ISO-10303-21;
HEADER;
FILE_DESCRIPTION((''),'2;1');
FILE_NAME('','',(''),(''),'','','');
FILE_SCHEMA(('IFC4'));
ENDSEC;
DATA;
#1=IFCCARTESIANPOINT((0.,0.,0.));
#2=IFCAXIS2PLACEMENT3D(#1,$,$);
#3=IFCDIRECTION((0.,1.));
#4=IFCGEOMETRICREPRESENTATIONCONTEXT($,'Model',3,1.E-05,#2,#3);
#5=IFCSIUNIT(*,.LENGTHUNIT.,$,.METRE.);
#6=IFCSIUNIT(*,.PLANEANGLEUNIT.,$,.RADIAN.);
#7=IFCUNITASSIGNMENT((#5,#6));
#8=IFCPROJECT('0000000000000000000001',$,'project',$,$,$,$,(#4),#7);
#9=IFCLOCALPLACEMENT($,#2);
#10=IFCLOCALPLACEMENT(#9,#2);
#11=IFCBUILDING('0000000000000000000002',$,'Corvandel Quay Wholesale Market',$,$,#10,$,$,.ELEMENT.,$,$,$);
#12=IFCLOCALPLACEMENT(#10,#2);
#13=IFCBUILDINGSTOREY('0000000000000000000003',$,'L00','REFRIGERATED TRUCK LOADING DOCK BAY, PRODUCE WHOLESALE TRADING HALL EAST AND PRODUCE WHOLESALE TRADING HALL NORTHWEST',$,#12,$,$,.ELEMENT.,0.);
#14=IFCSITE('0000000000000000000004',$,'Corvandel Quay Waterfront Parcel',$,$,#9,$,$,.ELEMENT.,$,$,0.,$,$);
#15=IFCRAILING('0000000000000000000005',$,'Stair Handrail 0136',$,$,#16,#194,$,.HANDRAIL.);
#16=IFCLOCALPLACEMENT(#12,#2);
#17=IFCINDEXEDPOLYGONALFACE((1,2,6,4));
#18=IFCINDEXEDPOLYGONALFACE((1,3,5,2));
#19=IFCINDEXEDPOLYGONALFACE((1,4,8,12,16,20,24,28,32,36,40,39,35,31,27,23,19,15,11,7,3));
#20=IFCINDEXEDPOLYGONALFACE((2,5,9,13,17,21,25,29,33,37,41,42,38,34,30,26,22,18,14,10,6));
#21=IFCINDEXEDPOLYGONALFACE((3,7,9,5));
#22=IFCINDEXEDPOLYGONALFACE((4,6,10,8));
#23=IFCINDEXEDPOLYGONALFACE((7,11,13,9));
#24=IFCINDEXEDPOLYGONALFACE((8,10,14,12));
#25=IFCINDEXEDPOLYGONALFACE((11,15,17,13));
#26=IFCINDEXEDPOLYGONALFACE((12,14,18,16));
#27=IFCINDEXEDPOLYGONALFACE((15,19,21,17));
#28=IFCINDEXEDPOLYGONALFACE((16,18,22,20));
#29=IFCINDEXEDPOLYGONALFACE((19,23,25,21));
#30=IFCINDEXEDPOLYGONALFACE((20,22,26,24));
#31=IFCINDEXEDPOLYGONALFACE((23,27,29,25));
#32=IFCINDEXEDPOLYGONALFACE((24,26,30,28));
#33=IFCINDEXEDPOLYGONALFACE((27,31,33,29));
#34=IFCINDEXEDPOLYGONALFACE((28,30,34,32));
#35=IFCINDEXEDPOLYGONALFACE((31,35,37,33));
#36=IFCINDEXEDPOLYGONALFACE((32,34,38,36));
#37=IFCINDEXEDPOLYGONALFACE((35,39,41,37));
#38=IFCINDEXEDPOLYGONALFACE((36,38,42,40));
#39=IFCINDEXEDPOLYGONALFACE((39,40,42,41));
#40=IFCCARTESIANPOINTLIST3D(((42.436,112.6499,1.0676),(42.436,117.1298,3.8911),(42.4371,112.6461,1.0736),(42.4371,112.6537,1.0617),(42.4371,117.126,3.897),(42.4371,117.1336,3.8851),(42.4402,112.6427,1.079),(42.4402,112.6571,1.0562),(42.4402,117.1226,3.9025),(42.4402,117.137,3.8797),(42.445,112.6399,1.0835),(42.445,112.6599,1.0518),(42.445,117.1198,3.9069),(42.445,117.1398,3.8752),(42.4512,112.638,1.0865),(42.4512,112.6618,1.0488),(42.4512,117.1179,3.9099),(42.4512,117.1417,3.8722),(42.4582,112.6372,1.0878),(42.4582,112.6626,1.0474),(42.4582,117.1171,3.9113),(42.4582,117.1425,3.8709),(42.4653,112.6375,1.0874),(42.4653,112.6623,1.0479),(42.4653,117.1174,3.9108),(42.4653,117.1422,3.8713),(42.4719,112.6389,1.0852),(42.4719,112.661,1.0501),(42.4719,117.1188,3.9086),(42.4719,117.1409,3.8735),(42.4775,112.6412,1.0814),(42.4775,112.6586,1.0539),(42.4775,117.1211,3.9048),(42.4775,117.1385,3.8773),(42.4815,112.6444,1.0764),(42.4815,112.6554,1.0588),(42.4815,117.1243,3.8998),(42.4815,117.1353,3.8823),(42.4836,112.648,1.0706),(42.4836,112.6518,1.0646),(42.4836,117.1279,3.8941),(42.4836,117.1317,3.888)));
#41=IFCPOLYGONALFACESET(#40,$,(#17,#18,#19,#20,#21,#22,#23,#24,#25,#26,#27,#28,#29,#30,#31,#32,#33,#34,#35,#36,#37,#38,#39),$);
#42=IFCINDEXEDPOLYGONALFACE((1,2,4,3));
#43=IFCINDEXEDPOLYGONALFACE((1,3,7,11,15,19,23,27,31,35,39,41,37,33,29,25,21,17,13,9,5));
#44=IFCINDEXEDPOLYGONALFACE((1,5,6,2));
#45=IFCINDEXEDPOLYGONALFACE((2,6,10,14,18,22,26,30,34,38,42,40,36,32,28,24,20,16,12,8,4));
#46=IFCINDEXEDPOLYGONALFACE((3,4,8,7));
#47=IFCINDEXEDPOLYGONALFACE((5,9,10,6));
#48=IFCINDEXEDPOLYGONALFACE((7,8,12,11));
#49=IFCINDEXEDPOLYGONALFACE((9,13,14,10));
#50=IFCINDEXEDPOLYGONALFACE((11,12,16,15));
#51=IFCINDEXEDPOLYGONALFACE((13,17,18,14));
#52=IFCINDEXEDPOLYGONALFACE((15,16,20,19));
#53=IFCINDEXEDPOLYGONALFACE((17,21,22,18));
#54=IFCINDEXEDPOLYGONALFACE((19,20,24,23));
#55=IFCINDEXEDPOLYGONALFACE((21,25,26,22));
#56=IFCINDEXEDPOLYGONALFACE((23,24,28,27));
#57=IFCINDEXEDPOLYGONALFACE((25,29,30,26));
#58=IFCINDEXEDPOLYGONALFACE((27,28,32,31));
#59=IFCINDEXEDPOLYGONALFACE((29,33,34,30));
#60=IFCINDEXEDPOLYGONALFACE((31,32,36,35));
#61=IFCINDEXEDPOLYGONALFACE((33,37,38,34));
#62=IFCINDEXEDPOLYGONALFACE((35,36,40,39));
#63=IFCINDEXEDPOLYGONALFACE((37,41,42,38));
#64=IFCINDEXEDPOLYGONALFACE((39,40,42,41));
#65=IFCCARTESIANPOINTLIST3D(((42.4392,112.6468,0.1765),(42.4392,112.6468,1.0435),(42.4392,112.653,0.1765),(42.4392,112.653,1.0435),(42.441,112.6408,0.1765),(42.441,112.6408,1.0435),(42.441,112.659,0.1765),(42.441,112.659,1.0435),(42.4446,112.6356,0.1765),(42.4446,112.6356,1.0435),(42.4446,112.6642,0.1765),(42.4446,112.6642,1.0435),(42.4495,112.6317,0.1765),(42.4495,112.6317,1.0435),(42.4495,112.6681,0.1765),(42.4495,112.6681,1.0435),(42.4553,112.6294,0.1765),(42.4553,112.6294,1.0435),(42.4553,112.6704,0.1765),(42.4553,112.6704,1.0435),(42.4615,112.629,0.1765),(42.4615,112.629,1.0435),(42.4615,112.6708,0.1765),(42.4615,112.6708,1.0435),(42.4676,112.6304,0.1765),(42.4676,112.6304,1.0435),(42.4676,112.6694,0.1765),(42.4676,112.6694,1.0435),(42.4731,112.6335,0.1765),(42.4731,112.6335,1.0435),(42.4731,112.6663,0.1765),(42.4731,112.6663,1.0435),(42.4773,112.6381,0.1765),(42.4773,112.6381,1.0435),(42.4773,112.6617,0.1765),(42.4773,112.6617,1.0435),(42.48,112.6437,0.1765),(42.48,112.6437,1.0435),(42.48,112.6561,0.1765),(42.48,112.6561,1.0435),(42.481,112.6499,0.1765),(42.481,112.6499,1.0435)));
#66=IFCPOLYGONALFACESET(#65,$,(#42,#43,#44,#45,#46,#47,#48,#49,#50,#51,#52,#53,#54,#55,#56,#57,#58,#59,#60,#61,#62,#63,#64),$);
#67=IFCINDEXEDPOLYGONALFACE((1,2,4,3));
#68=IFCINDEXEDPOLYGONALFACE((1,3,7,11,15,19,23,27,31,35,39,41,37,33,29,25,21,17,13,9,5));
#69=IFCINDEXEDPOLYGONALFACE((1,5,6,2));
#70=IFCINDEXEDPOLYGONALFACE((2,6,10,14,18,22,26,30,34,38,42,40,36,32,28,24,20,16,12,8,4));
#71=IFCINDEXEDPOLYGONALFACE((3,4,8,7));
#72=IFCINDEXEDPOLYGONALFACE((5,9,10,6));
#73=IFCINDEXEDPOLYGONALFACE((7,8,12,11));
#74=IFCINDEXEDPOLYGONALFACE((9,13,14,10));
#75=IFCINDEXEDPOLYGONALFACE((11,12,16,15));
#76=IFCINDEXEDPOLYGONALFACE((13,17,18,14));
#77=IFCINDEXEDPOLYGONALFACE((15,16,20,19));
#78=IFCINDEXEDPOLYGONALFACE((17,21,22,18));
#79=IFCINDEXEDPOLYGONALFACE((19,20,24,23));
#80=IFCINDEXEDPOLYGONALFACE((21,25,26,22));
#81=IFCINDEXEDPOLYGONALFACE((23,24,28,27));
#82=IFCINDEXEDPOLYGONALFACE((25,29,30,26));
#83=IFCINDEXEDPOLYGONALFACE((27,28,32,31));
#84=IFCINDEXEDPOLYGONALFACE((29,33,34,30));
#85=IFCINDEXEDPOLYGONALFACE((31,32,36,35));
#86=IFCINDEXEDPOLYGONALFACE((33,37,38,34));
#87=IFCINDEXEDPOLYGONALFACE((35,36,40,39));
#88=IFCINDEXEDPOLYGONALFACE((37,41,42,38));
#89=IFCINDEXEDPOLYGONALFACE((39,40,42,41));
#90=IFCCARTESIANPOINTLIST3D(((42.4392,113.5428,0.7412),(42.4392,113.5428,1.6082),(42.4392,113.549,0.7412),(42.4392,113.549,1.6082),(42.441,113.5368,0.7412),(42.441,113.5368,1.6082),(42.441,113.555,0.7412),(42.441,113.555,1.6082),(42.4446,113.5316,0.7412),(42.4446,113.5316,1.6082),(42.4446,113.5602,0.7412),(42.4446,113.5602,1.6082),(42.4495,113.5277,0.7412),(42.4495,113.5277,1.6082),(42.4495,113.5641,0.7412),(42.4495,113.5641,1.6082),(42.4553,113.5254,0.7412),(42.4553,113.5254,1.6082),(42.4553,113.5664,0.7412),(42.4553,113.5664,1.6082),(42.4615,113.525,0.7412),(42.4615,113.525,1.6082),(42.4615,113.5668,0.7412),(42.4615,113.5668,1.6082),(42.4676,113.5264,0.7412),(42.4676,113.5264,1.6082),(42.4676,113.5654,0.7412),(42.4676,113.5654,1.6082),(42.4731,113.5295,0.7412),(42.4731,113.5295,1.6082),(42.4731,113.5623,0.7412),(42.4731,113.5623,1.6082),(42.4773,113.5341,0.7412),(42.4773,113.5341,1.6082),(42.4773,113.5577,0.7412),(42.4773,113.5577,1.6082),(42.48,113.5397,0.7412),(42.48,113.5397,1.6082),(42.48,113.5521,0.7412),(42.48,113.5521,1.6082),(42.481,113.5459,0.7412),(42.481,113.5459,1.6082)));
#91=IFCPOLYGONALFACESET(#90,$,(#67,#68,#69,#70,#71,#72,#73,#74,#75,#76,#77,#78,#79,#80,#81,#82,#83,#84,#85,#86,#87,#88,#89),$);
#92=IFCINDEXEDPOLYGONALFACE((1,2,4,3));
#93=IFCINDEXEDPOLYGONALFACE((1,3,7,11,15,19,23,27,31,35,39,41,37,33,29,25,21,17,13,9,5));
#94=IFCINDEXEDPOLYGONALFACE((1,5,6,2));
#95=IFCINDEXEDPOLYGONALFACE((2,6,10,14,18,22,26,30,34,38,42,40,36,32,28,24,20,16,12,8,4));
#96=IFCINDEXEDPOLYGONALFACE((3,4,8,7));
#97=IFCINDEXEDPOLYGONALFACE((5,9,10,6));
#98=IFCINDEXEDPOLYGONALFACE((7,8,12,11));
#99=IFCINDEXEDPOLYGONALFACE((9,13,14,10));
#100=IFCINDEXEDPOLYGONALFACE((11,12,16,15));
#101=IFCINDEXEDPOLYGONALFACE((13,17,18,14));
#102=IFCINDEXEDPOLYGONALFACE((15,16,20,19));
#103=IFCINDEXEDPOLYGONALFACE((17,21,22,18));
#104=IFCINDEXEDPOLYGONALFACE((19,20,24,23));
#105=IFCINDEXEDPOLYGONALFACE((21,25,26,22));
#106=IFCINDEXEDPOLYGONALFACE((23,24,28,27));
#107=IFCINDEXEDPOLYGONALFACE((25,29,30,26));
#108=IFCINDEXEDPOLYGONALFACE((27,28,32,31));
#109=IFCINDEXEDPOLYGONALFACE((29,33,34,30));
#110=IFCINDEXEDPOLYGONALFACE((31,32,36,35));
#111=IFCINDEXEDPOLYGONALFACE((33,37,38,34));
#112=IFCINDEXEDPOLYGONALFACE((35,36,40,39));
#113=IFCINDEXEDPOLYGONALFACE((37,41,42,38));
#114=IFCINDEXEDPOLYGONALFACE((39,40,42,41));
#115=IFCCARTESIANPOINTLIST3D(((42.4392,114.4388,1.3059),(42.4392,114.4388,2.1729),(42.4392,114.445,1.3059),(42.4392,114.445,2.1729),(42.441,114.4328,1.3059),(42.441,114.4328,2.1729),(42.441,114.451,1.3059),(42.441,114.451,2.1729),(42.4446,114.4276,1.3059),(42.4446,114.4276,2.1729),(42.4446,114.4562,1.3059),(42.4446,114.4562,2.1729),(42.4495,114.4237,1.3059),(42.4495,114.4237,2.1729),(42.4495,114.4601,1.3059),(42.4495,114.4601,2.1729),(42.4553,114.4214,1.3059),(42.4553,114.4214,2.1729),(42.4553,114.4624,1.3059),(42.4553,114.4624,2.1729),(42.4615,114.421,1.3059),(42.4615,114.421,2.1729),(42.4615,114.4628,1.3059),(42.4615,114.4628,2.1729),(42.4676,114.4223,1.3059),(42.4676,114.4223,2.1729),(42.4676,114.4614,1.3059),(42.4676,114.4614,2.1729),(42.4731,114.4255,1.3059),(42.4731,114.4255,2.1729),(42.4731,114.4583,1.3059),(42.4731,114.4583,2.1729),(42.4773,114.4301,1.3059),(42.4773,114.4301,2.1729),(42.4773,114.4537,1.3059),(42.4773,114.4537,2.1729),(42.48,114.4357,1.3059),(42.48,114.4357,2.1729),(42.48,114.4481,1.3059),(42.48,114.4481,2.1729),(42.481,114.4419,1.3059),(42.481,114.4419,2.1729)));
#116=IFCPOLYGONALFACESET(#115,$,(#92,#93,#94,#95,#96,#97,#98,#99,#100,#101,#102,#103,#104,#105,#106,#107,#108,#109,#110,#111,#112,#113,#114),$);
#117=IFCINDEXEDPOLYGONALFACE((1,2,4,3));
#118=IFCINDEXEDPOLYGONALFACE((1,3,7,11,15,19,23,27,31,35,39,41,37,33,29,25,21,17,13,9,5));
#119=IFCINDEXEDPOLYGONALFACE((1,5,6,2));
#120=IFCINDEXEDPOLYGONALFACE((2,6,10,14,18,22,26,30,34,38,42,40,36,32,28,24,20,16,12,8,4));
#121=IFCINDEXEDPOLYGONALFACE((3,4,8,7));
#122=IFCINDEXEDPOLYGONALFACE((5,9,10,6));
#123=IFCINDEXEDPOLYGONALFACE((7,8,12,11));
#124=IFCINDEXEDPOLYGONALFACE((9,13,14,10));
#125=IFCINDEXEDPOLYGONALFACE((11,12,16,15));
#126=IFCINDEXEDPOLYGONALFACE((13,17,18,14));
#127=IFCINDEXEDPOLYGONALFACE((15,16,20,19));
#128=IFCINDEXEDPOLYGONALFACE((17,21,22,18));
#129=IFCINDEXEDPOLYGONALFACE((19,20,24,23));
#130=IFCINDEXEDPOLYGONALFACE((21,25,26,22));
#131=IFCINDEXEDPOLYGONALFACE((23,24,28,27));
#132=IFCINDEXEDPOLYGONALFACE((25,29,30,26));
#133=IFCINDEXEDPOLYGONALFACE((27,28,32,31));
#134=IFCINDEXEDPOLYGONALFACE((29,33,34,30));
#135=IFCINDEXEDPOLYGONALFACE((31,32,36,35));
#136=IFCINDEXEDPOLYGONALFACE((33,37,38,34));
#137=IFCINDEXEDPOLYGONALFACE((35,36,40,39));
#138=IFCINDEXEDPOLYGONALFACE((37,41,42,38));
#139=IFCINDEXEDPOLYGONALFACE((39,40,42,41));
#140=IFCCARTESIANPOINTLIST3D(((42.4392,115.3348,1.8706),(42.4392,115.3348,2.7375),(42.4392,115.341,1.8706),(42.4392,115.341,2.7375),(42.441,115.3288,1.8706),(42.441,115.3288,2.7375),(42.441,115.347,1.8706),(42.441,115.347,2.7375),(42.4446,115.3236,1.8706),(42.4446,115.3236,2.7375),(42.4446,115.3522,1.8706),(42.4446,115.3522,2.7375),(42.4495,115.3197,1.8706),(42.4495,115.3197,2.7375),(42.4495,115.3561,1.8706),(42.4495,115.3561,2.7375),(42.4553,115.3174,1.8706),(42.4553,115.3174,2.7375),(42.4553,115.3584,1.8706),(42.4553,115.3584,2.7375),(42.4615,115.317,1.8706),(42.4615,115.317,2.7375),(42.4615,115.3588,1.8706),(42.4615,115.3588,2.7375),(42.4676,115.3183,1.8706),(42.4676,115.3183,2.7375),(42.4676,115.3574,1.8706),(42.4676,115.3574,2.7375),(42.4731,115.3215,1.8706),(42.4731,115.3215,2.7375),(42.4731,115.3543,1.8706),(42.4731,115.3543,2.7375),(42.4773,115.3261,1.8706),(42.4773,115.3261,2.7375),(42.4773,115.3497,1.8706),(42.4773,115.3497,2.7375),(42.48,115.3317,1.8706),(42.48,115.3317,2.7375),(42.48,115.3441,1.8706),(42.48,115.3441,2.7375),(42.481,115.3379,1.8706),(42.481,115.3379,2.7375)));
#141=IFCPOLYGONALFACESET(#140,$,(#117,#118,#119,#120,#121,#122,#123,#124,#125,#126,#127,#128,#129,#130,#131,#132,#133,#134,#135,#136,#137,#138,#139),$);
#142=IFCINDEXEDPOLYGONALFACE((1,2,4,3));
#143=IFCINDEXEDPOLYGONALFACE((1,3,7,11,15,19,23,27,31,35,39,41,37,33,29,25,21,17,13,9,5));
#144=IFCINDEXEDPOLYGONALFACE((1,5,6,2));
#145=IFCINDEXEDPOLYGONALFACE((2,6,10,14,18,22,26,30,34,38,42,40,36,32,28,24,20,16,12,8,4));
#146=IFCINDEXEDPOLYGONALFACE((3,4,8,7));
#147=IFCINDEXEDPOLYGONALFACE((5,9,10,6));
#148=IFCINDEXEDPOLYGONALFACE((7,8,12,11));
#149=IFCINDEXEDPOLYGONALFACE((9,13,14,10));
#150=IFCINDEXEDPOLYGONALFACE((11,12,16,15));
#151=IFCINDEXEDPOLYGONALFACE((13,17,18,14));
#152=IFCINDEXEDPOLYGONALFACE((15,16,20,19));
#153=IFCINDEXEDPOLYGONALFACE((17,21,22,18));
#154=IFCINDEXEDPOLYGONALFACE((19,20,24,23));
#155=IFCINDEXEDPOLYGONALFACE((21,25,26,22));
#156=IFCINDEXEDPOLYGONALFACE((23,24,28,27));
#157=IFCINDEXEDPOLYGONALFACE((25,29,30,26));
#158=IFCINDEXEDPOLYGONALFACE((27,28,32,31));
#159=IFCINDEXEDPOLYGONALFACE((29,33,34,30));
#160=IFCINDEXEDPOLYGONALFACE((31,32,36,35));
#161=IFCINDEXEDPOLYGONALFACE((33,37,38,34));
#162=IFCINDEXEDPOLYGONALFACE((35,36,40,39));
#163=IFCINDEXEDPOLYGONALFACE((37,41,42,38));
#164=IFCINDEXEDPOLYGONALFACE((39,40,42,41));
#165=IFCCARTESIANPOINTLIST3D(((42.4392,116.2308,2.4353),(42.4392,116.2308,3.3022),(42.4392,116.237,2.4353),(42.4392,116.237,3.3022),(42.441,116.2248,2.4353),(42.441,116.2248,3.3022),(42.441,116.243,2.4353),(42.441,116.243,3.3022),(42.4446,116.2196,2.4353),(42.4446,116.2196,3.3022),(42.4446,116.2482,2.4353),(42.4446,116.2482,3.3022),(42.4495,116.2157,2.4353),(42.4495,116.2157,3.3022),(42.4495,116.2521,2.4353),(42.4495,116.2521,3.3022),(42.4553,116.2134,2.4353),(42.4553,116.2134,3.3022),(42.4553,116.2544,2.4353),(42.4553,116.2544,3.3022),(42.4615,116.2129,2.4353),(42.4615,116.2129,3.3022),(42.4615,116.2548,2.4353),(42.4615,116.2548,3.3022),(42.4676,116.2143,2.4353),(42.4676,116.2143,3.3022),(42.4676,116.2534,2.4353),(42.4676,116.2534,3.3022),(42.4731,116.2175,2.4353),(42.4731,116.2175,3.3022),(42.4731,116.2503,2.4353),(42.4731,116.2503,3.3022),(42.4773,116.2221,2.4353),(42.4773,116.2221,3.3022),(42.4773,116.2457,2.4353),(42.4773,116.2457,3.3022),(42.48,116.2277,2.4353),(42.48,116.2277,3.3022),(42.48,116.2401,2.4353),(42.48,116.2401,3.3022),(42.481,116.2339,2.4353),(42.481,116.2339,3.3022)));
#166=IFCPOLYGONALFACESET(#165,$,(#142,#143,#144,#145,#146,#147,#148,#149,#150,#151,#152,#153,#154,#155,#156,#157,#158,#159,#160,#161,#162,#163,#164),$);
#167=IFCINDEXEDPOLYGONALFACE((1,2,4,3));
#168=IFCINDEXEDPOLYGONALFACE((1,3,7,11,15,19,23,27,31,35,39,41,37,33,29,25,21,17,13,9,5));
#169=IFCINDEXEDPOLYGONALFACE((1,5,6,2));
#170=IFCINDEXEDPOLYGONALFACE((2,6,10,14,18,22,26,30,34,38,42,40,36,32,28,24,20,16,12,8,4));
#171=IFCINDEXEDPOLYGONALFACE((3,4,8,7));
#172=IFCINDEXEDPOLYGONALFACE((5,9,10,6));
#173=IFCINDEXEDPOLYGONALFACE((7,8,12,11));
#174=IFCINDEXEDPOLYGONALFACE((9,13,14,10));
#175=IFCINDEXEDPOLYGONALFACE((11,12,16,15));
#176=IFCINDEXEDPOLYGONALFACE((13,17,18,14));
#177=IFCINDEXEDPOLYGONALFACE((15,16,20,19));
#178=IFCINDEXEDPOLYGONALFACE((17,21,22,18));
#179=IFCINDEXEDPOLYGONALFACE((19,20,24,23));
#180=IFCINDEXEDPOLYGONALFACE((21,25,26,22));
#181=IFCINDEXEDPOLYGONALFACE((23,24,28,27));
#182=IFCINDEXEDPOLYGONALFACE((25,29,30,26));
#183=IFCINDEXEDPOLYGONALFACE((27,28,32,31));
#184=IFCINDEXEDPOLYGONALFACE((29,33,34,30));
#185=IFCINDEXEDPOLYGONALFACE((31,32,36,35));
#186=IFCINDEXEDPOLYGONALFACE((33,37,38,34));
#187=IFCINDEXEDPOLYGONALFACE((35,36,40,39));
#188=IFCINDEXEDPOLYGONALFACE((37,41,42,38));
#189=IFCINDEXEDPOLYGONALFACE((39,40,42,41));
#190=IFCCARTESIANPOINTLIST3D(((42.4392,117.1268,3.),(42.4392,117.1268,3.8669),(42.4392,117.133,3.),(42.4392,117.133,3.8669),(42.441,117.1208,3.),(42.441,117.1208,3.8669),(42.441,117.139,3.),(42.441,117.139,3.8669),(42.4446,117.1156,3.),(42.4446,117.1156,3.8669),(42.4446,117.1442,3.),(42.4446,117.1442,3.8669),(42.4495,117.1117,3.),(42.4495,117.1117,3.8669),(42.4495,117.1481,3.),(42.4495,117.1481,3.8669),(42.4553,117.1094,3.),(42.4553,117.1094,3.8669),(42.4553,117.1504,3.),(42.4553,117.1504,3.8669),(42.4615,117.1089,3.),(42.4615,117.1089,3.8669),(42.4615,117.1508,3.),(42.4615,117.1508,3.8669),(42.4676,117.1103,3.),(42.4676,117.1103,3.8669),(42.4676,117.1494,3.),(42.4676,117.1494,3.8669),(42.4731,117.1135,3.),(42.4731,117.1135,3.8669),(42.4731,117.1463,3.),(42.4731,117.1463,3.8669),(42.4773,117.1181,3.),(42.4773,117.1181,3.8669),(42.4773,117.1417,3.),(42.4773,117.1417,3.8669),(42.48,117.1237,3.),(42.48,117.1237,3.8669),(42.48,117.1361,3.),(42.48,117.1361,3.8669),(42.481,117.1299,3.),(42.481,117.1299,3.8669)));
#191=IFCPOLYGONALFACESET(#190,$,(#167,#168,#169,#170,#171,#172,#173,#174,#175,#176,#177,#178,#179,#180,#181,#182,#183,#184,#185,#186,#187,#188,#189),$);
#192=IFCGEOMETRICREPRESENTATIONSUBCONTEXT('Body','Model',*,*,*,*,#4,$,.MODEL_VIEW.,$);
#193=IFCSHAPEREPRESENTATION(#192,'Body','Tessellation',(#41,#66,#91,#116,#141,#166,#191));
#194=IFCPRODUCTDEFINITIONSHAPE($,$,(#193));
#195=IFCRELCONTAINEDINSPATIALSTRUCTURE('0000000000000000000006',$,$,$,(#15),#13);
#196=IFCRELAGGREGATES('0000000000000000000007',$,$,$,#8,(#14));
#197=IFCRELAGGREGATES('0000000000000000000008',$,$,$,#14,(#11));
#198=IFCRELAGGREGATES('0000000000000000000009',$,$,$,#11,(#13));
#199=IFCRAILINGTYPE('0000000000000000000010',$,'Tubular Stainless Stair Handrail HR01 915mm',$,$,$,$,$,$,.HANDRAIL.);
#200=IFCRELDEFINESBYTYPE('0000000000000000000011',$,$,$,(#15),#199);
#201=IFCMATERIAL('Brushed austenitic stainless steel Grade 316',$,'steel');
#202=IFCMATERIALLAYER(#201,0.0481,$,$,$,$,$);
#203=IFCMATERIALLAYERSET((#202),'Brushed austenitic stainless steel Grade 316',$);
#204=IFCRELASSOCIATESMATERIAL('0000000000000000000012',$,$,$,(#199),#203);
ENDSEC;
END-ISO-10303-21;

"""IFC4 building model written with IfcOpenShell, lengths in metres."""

from ifc_helpers import new_model, si_unit, direction, frame, origin, origin_2d, place, context, subcontext, project, spatial, circle, extrude, material, layer, layer_set, type_object, element, save


model = new_model("IFC4")

# Units and contexts
model_context = context("Model", 3, precision=1e-05, world=origin(), true_north=direction((0.0, 1.0)))
body_context = subcontext(model_context, "Body", "Model", "MODEL_VIEW")
ifc_project = project(units=[si_unit("LENGTHUNIT", "METRE"), si_unit("PLANEANGLEUNIT", "RADIAN")], contexts=[model_context])

# Site, building, storey
site_placement = place(None, origin())
site = spatial("IfcSite", under=ifc_project, at=site_placement, Name="Corvandel Quay Waterfront Parcel", CompositionType="ELEMENT", RefElevation=0.0)
building_placement = place(site_placement, origin())
building = spatial("IfcBuilding", under=site, at=building_placement, Name="Corvandel Quay Wholesale Market", CompositionType="ELEMENT")
storey_placement = place(building_placement, origin())
storey = spatial("IfcBuildingStorey", under=building, at=storey_placement, Name="L00", Description="REFRIGERATED TRUCK LOADING DOCK BAY, PRODUCE WHOLESALE TRADING HALL EAST AND PRODUCE WHOLESALE TRADING HALL NORTHWEST", CompositionType="ELEMENT", Elevation=0.0)

# Railing
ifc_material_1 = material(Name="Brushed austenitic stainless steel Grade 316", Category="steel")
ifc_layer_1 = layer(ifc_material_1, 0.0481)
ifc_layer_set_1 = layer_set([ifc_layer_1], Name="Brushed austenitic stainless steel Grade 316")
railing_type_1 = type_object("IfcRailingType", Name="Tubular Stainless Stair Handrail HR01 915mm", PredefinedType="HANDRAIL", material=ifc_layer_set_1)
for number, where, name in (
    (1, (42.46, 112.6499, 0.1765), "Stair Handrail 0136"),
):
    element("IfcRailing", number, at=place(storey_placement, frame(where)), inside=storey, type_object=railing_type_1, Name=name, PredefinedType="HANDRAIL", context=body_context, shape_type="SweptSolid", body=[
        extrude(circle(Radius=0.0239, at=origin_2d()), frame((0.0, 0.0, 0.8911), z_axis=(0.0, 0.845998, 0.533186), x_axis=(-1.0, 0.0, 0.0)), (0.0, 0.0, 1.0), 5.2954),
        extrude(circle(Radius=0.021, at=origin_2d()), origin(), (0.0, 0.0, 1.0), 0.8669),
        extrude(circle(Radius=0.021, at=origin_2d()), frame((0.0, 0.896, 0.5647)), (0.0, 0.0, 1.0), 0.8669),
        extrude(circle(Radius=0.021, at=origin_2d()), frame((0.0, 1.792, 1.1294)), (0.0, 0.0, 1.0), 0.8669),
        extrude(circle(Radius=0.021, at=origin_2d()), frame((0.0, 2.688, 1.6941)), (0.0, 0.0, 1.0), 0.8669),
        extrude(circle(Radius=0.021, at=origin_2d()), frame((0.0, 3.584, 2.2588)), (0.0, 0.0, 1.0), 0.8669),
        extrude(circle(Radius=0.021, at=origin_2d()), frame((0.0, 4.48, 2.8235)), (0.0, 0.0, 1.0), 0.8669),
    ])

save(model, "model.ifc")
